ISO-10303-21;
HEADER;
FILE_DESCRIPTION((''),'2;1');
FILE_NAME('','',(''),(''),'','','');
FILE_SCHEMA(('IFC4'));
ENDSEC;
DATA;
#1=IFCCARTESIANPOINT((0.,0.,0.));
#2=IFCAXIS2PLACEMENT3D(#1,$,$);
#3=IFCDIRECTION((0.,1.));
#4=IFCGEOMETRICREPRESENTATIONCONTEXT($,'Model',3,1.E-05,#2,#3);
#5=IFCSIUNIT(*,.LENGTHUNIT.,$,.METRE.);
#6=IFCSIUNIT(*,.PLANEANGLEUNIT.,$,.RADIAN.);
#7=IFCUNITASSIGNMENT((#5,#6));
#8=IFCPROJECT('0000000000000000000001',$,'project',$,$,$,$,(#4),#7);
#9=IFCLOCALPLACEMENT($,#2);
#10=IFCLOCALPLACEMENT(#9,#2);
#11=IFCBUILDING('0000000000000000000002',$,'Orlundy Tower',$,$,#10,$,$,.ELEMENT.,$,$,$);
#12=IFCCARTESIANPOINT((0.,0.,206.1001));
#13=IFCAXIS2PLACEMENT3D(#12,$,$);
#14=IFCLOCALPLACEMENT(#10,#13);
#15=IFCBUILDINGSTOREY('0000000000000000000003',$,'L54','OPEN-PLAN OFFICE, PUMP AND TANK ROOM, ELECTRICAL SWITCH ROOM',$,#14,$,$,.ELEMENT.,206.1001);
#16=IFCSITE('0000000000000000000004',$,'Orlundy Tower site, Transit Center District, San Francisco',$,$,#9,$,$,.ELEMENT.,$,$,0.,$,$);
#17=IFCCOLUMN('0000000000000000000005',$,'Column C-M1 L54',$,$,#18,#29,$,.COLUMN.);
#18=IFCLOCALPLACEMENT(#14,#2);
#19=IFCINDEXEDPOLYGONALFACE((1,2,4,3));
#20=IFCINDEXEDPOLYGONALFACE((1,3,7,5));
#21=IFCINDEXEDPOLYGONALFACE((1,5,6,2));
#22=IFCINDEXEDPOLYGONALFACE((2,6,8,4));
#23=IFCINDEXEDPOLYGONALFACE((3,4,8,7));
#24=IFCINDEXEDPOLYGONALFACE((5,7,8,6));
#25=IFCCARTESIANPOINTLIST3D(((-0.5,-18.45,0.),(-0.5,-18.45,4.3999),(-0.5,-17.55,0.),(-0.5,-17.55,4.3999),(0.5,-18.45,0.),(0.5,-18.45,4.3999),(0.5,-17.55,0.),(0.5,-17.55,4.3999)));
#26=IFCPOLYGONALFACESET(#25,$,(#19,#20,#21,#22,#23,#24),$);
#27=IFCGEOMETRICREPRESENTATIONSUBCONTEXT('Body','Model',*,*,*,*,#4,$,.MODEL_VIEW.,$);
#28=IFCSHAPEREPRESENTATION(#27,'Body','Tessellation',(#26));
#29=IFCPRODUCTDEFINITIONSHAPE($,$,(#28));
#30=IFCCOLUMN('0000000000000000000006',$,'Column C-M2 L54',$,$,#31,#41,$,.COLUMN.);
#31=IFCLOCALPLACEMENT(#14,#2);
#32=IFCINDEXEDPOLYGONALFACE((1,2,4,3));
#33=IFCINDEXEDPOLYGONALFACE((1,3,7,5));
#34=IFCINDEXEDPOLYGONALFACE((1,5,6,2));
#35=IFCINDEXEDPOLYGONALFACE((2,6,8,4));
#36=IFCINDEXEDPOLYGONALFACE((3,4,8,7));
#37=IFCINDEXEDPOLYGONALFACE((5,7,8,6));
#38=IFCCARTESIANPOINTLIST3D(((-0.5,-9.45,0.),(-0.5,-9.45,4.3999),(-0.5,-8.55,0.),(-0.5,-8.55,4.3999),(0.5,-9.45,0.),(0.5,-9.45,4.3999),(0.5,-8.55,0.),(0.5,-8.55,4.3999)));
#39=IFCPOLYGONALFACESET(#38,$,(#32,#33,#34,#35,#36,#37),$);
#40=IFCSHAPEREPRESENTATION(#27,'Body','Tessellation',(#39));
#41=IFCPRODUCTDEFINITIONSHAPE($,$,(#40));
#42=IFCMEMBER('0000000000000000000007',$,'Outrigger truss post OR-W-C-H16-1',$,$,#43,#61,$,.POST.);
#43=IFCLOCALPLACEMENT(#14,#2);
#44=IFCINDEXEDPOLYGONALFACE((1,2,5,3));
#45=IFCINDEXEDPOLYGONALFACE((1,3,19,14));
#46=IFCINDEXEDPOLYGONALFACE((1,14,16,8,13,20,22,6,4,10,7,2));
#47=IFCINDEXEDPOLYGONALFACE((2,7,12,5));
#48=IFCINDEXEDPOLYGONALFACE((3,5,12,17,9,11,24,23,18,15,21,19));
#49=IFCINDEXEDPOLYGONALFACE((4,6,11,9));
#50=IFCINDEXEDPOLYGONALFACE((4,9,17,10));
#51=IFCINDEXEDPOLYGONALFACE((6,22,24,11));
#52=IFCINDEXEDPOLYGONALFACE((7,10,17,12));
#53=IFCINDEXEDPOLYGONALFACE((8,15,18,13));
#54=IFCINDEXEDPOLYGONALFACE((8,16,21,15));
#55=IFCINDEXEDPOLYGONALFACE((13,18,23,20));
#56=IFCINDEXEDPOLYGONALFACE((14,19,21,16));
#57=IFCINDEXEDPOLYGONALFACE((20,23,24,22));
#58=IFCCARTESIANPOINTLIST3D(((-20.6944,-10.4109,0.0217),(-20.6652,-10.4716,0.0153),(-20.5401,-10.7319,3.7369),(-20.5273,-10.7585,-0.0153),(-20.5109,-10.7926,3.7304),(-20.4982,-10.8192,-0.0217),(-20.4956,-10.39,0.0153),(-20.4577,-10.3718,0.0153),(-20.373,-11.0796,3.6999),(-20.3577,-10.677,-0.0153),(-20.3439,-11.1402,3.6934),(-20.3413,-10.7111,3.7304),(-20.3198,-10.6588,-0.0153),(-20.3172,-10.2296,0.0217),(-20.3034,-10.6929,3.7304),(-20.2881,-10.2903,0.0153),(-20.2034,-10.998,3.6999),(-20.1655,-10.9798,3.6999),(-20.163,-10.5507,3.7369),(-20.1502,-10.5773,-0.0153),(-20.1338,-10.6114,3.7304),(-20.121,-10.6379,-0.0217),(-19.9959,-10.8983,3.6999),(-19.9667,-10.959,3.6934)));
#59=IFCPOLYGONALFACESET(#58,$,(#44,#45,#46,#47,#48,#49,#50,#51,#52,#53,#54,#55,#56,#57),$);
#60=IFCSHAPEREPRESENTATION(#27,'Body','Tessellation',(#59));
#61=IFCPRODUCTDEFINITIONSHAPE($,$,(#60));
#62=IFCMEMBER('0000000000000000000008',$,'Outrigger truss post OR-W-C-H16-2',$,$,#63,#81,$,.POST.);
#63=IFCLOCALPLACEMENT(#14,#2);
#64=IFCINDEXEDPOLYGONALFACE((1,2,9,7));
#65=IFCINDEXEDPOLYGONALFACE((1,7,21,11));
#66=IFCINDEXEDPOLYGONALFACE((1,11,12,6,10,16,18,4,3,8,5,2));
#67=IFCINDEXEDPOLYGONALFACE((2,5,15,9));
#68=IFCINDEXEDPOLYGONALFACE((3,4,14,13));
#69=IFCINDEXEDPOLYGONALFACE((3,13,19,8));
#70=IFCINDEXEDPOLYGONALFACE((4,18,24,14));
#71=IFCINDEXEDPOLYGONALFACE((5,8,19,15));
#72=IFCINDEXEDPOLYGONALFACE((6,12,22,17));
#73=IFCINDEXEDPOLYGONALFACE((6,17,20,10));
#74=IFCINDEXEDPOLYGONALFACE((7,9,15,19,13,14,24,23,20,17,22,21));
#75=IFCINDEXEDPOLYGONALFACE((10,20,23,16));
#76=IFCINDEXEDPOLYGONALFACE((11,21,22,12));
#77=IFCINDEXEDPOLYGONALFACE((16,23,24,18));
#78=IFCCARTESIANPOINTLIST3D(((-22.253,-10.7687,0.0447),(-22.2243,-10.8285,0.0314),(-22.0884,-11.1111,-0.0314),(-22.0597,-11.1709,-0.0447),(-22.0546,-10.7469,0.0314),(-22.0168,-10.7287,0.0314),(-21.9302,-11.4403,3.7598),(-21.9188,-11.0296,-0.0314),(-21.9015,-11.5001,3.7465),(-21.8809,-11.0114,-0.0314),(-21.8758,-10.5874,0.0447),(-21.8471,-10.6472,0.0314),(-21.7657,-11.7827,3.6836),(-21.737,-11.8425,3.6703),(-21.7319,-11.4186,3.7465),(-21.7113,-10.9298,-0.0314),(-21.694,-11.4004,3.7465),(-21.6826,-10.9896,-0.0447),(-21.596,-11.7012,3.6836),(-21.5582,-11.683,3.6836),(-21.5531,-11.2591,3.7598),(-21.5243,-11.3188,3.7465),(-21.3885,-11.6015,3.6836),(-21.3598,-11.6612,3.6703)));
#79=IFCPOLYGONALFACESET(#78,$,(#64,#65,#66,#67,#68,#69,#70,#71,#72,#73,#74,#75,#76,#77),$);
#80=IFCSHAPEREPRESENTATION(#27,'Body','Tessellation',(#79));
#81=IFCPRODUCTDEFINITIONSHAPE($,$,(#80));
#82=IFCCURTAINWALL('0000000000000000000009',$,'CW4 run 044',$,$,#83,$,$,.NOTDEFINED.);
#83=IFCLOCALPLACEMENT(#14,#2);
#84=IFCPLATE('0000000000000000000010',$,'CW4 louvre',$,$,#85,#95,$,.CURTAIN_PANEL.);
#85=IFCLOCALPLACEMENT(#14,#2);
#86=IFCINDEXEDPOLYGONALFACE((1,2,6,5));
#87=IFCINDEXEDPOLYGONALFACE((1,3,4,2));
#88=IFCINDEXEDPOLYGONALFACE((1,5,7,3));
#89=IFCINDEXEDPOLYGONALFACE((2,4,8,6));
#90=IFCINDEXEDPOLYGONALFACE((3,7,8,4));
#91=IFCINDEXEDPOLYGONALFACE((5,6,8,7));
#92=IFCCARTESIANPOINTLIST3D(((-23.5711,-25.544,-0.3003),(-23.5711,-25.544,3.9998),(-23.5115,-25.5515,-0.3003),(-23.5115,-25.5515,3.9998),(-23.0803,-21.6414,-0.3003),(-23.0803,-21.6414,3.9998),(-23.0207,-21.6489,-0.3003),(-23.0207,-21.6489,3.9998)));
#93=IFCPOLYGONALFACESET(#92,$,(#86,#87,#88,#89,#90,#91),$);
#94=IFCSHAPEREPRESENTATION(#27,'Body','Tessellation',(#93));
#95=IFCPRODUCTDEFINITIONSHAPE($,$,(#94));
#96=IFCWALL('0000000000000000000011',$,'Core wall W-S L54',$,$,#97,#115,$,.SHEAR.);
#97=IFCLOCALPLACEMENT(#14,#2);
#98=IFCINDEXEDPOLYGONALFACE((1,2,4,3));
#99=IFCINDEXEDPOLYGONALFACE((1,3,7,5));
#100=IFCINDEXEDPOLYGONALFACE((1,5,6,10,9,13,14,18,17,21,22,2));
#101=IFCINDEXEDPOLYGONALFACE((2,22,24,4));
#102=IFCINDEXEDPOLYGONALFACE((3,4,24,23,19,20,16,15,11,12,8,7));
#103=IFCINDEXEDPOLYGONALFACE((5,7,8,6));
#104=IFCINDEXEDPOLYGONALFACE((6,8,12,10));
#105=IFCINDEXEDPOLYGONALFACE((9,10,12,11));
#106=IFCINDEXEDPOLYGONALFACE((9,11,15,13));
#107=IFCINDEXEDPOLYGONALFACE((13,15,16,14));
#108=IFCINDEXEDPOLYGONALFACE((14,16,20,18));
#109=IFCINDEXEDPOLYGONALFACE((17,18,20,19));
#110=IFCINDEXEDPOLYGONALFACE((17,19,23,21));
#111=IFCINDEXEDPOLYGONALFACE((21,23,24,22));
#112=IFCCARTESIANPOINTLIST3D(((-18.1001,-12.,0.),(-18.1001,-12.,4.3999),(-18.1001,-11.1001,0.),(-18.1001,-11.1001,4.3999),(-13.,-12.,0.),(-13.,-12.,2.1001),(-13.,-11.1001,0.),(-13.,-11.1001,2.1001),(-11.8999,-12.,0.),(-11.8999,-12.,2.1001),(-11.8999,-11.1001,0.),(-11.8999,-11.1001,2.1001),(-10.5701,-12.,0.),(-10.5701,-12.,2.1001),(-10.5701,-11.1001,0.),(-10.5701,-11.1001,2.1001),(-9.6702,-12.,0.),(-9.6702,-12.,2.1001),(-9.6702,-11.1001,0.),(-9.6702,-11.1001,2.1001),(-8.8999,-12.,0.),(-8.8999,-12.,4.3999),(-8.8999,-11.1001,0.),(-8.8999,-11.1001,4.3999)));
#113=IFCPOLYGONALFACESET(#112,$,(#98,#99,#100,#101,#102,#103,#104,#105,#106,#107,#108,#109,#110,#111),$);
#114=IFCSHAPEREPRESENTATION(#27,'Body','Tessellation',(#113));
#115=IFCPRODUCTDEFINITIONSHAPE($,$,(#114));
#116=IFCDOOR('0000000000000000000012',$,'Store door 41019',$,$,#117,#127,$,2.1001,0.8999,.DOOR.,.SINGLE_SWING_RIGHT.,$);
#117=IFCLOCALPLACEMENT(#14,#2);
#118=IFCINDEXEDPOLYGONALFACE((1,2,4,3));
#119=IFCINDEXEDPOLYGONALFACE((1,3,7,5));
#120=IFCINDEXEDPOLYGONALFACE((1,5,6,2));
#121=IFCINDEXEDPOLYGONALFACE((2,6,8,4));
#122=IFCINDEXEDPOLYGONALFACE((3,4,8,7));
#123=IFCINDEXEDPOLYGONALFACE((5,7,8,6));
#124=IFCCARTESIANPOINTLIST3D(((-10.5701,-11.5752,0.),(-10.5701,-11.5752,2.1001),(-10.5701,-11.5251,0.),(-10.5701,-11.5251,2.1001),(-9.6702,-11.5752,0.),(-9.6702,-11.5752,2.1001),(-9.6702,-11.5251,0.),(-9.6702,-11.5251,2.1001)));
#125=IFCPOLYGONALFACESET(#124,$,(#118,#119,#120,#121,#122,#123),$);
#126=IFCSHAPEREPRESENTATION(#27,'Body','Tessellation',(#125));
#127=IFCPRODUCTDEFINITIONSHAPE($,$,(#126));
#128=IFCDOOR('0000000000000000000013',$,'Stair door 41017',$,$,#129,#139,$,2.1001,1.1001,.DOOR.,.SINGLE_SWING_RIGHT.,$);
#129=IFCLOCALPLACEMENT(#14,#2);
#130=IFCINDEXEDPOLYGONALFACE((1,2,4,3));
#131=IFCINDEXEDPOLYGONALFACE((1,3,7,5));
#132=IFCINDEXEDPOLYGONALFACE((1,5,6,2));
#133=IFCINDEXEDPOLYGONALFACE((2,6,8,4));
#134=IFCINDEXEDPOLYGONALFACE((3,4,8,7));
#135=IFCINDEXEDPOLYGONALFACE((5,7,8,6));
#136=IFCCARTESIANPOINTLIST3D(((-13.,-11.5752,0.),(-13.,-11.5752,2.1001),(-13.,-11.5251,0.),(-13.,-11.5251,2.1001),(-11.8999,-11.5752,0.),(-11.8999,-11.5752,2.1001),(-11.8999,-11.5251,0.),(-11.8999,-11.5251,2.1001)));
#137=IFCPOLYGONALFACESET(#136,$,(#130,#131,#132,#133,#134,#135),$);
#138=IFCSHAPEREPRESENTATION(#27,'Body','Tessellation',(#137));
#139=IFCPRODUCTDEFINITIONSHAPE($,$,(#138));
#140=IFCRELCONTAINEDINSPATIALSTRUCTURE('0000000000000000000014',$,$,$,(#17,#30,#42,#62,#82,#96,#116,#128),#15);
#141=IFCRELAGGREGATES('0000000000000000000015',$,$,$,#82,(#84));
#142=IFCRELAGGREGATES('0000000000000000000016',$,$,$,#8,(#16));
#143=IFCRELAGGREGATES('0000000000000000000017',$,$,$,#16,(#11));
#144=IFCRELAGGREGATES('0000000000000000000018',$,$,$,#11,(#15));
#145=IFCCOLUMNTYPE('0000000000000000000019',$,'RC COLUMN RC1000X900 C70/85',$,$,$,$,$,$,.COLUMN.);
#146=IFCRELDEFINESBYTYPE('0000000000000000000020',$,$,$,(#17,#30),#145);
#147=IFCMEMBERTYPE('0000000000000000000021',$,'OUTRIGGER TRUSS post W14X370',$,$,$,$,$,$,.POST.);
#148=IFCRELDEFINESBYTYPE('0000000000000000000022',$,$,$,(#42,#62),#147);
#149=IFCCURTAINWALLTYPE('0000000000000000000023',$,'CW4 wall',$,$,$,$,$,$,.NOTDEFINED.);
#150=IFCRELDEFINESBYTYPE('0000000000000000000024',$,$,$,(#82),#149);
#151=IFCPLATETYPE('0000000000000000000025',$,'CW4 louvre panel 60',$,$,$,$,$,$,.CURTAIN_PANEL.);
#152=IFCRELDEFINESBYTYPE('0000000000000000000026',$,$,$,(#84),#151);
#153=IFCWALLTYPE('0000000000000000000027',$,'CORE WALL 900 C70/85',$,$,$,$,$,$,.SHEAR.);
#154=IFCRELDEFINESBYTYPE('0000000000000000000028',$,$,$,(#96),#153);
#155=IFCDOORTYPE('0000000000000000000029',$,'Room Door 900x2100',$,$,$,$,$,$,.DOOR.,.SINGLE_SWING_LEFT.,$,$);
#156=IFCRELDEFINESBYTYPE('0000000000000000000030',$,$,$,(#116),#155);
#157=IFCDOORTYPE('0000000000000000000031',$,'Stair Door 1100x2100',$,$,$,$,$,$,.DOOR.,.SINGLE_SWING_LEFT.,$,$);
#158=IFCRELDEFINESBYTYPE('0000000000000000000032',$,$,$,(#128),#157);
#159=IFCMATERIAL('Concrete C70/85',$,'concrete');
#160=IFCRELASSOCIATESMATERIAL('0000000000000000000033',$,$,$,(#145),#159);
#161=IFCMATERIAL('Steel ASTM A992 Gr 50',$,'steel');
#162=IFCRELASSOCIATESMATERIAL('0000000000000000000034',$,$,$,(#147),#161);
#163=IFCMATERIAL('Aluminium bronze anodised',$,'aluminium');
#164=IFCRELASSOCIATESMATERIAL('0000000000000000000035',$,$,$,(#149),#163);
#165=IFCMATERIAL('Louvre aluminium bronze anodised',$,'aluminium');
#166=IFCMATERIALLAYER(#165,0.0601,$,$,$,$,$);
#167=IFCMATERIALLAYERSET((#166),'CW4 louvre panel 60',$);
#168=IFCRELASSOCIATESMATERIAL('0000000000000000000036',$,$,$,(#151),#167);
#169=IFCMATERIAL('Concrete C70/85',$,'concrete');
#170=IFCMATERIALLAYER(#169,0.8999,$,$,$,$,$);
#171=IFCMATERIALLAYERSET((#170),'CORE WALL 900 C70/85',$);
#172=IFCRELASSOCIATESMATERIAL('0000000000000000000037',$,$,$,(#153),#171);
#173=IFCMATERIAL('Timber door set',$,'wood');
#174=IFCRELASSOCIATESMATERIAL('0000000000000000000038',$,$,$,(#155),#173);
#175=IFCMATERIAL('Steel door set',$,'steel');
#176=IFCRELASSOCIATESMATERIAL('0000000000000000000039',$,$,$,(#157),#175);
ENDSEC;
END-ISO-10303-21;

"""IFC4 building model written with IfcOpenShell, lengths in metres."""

from ifc_helpers import new_model, si_unit, direction, frame, frame_2d, origin, origin_2d, place, context, subcontext, project, spatial, rectangle, i_section, extrude, material, layer, layer_set, material_profile, profile_set, type_object, element, fill, aggregate, save


model = new_model("IFC4")

# Units and contexts
model_context = context("Model", 3, precision=1e-05, world=origin(), true_north=direction((0.0, 1.0)))
body_context = subcontext(model_context, "Body", "Model", "MODEL_VIEW")
ifc_project = project(units=[si_unit("LENGTHUNIT", "METRE"), si_unit("PLANEANGLEUNIT", "RADIAN")], contexts=[model_context])

# Site, building, storey
site_placement = place(None, origin())
site = spatial("IfcSite", under=ifc_project, at=site_placement, Name="Orlundy Tower site, Transit Center District, San Francisco", CompositionType="ELEMENT", RefElevation=0.0)
building_placement = place(site_placement, origin())
building = spatial("IfcBuilding", under=site, at=building_placement, Name="Orlundy Tower", CompositionType="ELEMENT")
storey_placement = place(building_placement, frame((0.0, 0.0, 206.1001)))
storey = spatial("IfcBuildingStorey", under=building, at=storey_placement, Name="L54", Description="OPEN-PLAN OFFICE, PUMP AND TANK ROOM, ELECTRICAL SWITCH ROOM", CompositionType="ELEMENT", Elevation=206.1001)

# Columns
ifc_material_1 = material(Name="Concrete C70/85", Category="concrete")
ifc_material_profile_1 = material_profile(ifc_material_1, rectangle(XDim=1.0, YDim=0.8999, at=origin_2d()), Name="RC1000X900")
ifc_profile_set_1 = profile_set([ifc_material_profile_1], Name="Concrete C70/85")
column_type = type_object("IfcColumnType", Name="RC COLUMN RC1000X900 C70/85", PredefinedType="COLUMN", material=ifc_profile_set_1)
for number, where, z_axis, x_axis, name in (
    (1, (0.0, -18.0, 0.0), (0.0, 0.0, 1.0), (1.0, 0.0, 0.0), "Column C-M1 L54"),
    (2, (0.0, -9.0, 0.0), (0.0, 0.0, 1.0), (1.0, 0.0, 0.0), "Column C-M2 L54"),
):
    element("IfcColumn", number, at=place(storey_placement, frame(where, z_axis=z_axis, x_axis=x_axis)), inside=storey, type_object=column_type, Name=name, PredefinedType="COLUMN", context=body_context, shape_type="SweptSolid", body=[
        extrude(rectangle(XDim=1.0, YDim=0.8999, at=origin_2d()), origin(), (0.0, 0.0, 1.0), 4.3999),
    ])

# Members
ifc_material_2 = material(Name="Steel ASTM A992 Gr 50", Category="steel")
ifc_material_profile_2 = material_profile(ifc_material_2, i_section(OverallWidth=0.4185, OverallDepth=0.4551, WebThickness=0.042, FlangeThickness=0.0676, at=origin_2d()), Name="W14X370")
ifc_profile_set_2 = profile_set([ifc_material_profile_2], Name="Steel ASTM A992 Gr 50")
member_type = type_object("IfcMemberType", Name="OUTRIGGER TRUSS post W14X370", PredefinedType="POST", material=ifc_profile_set_2)
member_1_placement = place(storey_placement, frame((-20.4077, -10.5244, 0.0), z_axis=(0.041343, -0.086022, 0.995435), x_axis=(0.901309, 0.433177, 0.0)))
element("IfcMember", 3, at=member_1_placement, inside=storey, type_object=member_type, Name="Outrigger truss post OR-W-C-H16-1", PredefinedType="POST", context=body_context, shape_type="SweptSolid", body=[
    extrude(i_section(OverallWidth=0.4185, OverallDepth=0.4551, WebThickness=0.042, FlangeThickness=0.0676, at=origin_2d()), origin(), (0.0, 0.0, 1.0), 3.7322),
])
member_2_placement = place(storey_placement, frame((-21.9678, -10.8792, 0.0), z_axis=(0.08518, -0.177254, 0.980472), x_axis=(0.901329, 0.433136, 0.0)))
element("IfcMember", 4, at=member_2_placement, inside=storey, type_object=member_type, Name="Outrigger truss post OR-W-C-H16-2", PredefinedType="POST", context=body_context, shape_type="SweptSolid", body=[
    extrude(i_section(OverallWidth=0.4185, OverallDepth=0.4551, WebThickness=0.042, FlangeThickness=0.0676, at=origin_2d()), origin(), (0.0, 0.0, 1.0), 3.7891),
])

# Curtain wall, plate
ifc_material_3 = material(Name="Aluminium bronze anodised", Category="aluminium")
curtain_wall_type = type_object("IfcCurtainWallType", Name="CW4 wall", PredefinedType="NOTDEFINED", material=ifc_material_3)
curtain_wall_placement = place(storey_placement, origin())
curtain_wall = element("IfcCurtainWall", 5, at=curtain_wall_placement, inside=storey, type_object=curtain_wall_type, Name="CW4 run 044", PredefinedType="NOTDEFINED")
ifc_material_4 = material(Name="Louvre aluminium bronze anodised", Category="aluminium")
ifc_layer_1 = layer(ifc_material_4, 0.0601)
ifc_layer_set_1 = layer_set([ifc_layer_1], Name="CW4 louvre panel 60")
plate_type = type_object("IfcPlateType", Name="CW4 louvre panel 60", PredefinedType="CURTAIN_PANEL", material=ifc_layer_set_1)
plate_placement = place(storey_placement, frame((-23.2959, -23.5964, -0.3003), z_axis=(0.0, 0.0, 1.0), x_axis=(0.12477, 0.992186, 0.0)))
plate = element("IfcPlate", 6, at=plate_placement, type_object=plate_type, Name="CW4 louvre", PredefinedType="CURTAIN_PANEL", context=body_context, shape_type="SweptSolid", body=[
    extrude(rectangle(XDim=3.9333, YDim=0.0601, at=origin_2d()), origin(), (0.0, 0.0, 1.0), 4.3),
])
aggregate(curtain_wall, [plate])

# Wall, openings, doors
ifc_material_5 = material(Name="Concrete C70/85", Category="concrete")
ifc_layer_2 = layer(ifc_material_5, 0.8999)
ifc_layer_set_2 = layer_set([ifc_layer_2], Name="CORE WALL 900 C70/85")
wall_type = type_object("IfcWallType", Name="CORE WALL 900 C70/85", PredefinedType="SHEAR", material=ifc_layer_set_2)
wall_1_placement = place(storey_placement, frame((-18.1001, -11.55, 0.0), z_axis=(0.0, 0.0, 1.0), x_axis=(1.0, 0.0, 0.0)))
wall_1 = element("IfcWall", 7, at=wall_1_placement, inside=storey, type_object=wall_type, Name="Core wall W-S L54", PredefinedType="SHEAR", context=body_context, shape_type="SweptSolid", body=[
    extrude(rectangle(XDim=9.2002, YDim=0.8999, at=frame_2d((4.6001, 0.0))), origin(), (0.0, 0.0, 1.0), 4.3999),
])
opening_1_placement = place(wall_1_placement, frame((5.1001, 0.0, 0.0)))
opening_1 = element("IfcOpeningElement", 8, at=opening_1_placement, cuts=wall_1, PredefinedType="OPENING", context=body_context, shape_type="SweptSolid", body=[
    extrude(rectangle(XDim=1.1001, YDim=2.1001, at=frame_2d((0.55, 1.05))), frame((0.0, 0.46, 0.0), z_axis=(0.0, -1.0, 0.0), x_axis=(1.0, 0.0, 0.0)), (0.0, 0.0, 1.0), 0.9199),
])
opening_2_placement = place(wall_1_placement, frame((7.53, 0.0, 0.0)))
opening_2 = element("IfcOpeningElement", 9, at=opening_2_placement, cuts=wall_1, PredefinedType="OPENING", context=body_context, shape_type="SweptSolid", body=[
    extrude(rectangle(XDim=0.8999, YDim=2.1001, at=frame_2d((0.45, 1.05))), frame((0.0, 0.46, 0.0), z_axis=(0.0, -1.0, 0.0), x_axis=(1.0, 0.0, 0.0)), (0.0, 0.0, 1.0), 0.9199),
])
ifc_material_6 = material(Name="Timber door set", Category="wood")
door_type_1 = type_object("IfcDoorType", Name="Room Door 900x2100", OperationType="SINGLE_SWING_LEFT", PredefinedType="DOOR", material=ifc_material_6)
door_1_placement = place(opening_2_placement, origin())
door_1 = element("IfcDoor", 10, at=door_1_placement, inside=storey, type_object=door_type_1, Name="Store door 41019", OperationType="SINGLE_SWING_RIGHT", OverallHeight=2.1001, OverallWidth=0.8999, PredefinedType="DOOR", context=body_context, shape_type="SweptSolid", body=[
    extrude(rectangle(XDim=0.8999, YDim=2.1001, at=frame_2d((0.45, 1.05))), frame((0.0, 0.0249, 0.0), z_axis=(0.0, -1.0, 0.0), x_axis=(1.0, 0.0, 0.0)), (0.0, 0.0, 1.0), 0.05),
])
fill(opening_2, door_1)
ifc_material_7 = material(Name="Steel door set", Category="steel")
door_type_2 = type_object("IfcDoorType", Name="Stair Door 1100x2100", OperationType="SINGLE_SWING_LEFT", PredefinedType="DOOR", material=ifc_material_7)
door_2_placement = place(opening_1_placement, origin())
door_2 = element("IfcDoor", 11, at=door_2_placement, inside=storey, type_object=door_type_2, Name="Stair door 41017", OperationType="SINGLE_SWING_RIGHT", OverallHeight=2.1001, OverallWidth=1.1001, PredefinedType="DOOR", context=body_context, shape_type="SweptSolid", body=[
    extrude(rectangle(XDim=1.1001, YDim=2.1001, at=frame_2d((0.55, 1.05))), frame((0.0, 0.0249, 0.0), z_axis=(0.0, -1.0, 0.0), x_axis=(1.0, 0.0, 0.0)), (0.0, 0.0, 1.0), 0.05),
])
fill(opening_1, door_2)

save(model, "model.ifc")
